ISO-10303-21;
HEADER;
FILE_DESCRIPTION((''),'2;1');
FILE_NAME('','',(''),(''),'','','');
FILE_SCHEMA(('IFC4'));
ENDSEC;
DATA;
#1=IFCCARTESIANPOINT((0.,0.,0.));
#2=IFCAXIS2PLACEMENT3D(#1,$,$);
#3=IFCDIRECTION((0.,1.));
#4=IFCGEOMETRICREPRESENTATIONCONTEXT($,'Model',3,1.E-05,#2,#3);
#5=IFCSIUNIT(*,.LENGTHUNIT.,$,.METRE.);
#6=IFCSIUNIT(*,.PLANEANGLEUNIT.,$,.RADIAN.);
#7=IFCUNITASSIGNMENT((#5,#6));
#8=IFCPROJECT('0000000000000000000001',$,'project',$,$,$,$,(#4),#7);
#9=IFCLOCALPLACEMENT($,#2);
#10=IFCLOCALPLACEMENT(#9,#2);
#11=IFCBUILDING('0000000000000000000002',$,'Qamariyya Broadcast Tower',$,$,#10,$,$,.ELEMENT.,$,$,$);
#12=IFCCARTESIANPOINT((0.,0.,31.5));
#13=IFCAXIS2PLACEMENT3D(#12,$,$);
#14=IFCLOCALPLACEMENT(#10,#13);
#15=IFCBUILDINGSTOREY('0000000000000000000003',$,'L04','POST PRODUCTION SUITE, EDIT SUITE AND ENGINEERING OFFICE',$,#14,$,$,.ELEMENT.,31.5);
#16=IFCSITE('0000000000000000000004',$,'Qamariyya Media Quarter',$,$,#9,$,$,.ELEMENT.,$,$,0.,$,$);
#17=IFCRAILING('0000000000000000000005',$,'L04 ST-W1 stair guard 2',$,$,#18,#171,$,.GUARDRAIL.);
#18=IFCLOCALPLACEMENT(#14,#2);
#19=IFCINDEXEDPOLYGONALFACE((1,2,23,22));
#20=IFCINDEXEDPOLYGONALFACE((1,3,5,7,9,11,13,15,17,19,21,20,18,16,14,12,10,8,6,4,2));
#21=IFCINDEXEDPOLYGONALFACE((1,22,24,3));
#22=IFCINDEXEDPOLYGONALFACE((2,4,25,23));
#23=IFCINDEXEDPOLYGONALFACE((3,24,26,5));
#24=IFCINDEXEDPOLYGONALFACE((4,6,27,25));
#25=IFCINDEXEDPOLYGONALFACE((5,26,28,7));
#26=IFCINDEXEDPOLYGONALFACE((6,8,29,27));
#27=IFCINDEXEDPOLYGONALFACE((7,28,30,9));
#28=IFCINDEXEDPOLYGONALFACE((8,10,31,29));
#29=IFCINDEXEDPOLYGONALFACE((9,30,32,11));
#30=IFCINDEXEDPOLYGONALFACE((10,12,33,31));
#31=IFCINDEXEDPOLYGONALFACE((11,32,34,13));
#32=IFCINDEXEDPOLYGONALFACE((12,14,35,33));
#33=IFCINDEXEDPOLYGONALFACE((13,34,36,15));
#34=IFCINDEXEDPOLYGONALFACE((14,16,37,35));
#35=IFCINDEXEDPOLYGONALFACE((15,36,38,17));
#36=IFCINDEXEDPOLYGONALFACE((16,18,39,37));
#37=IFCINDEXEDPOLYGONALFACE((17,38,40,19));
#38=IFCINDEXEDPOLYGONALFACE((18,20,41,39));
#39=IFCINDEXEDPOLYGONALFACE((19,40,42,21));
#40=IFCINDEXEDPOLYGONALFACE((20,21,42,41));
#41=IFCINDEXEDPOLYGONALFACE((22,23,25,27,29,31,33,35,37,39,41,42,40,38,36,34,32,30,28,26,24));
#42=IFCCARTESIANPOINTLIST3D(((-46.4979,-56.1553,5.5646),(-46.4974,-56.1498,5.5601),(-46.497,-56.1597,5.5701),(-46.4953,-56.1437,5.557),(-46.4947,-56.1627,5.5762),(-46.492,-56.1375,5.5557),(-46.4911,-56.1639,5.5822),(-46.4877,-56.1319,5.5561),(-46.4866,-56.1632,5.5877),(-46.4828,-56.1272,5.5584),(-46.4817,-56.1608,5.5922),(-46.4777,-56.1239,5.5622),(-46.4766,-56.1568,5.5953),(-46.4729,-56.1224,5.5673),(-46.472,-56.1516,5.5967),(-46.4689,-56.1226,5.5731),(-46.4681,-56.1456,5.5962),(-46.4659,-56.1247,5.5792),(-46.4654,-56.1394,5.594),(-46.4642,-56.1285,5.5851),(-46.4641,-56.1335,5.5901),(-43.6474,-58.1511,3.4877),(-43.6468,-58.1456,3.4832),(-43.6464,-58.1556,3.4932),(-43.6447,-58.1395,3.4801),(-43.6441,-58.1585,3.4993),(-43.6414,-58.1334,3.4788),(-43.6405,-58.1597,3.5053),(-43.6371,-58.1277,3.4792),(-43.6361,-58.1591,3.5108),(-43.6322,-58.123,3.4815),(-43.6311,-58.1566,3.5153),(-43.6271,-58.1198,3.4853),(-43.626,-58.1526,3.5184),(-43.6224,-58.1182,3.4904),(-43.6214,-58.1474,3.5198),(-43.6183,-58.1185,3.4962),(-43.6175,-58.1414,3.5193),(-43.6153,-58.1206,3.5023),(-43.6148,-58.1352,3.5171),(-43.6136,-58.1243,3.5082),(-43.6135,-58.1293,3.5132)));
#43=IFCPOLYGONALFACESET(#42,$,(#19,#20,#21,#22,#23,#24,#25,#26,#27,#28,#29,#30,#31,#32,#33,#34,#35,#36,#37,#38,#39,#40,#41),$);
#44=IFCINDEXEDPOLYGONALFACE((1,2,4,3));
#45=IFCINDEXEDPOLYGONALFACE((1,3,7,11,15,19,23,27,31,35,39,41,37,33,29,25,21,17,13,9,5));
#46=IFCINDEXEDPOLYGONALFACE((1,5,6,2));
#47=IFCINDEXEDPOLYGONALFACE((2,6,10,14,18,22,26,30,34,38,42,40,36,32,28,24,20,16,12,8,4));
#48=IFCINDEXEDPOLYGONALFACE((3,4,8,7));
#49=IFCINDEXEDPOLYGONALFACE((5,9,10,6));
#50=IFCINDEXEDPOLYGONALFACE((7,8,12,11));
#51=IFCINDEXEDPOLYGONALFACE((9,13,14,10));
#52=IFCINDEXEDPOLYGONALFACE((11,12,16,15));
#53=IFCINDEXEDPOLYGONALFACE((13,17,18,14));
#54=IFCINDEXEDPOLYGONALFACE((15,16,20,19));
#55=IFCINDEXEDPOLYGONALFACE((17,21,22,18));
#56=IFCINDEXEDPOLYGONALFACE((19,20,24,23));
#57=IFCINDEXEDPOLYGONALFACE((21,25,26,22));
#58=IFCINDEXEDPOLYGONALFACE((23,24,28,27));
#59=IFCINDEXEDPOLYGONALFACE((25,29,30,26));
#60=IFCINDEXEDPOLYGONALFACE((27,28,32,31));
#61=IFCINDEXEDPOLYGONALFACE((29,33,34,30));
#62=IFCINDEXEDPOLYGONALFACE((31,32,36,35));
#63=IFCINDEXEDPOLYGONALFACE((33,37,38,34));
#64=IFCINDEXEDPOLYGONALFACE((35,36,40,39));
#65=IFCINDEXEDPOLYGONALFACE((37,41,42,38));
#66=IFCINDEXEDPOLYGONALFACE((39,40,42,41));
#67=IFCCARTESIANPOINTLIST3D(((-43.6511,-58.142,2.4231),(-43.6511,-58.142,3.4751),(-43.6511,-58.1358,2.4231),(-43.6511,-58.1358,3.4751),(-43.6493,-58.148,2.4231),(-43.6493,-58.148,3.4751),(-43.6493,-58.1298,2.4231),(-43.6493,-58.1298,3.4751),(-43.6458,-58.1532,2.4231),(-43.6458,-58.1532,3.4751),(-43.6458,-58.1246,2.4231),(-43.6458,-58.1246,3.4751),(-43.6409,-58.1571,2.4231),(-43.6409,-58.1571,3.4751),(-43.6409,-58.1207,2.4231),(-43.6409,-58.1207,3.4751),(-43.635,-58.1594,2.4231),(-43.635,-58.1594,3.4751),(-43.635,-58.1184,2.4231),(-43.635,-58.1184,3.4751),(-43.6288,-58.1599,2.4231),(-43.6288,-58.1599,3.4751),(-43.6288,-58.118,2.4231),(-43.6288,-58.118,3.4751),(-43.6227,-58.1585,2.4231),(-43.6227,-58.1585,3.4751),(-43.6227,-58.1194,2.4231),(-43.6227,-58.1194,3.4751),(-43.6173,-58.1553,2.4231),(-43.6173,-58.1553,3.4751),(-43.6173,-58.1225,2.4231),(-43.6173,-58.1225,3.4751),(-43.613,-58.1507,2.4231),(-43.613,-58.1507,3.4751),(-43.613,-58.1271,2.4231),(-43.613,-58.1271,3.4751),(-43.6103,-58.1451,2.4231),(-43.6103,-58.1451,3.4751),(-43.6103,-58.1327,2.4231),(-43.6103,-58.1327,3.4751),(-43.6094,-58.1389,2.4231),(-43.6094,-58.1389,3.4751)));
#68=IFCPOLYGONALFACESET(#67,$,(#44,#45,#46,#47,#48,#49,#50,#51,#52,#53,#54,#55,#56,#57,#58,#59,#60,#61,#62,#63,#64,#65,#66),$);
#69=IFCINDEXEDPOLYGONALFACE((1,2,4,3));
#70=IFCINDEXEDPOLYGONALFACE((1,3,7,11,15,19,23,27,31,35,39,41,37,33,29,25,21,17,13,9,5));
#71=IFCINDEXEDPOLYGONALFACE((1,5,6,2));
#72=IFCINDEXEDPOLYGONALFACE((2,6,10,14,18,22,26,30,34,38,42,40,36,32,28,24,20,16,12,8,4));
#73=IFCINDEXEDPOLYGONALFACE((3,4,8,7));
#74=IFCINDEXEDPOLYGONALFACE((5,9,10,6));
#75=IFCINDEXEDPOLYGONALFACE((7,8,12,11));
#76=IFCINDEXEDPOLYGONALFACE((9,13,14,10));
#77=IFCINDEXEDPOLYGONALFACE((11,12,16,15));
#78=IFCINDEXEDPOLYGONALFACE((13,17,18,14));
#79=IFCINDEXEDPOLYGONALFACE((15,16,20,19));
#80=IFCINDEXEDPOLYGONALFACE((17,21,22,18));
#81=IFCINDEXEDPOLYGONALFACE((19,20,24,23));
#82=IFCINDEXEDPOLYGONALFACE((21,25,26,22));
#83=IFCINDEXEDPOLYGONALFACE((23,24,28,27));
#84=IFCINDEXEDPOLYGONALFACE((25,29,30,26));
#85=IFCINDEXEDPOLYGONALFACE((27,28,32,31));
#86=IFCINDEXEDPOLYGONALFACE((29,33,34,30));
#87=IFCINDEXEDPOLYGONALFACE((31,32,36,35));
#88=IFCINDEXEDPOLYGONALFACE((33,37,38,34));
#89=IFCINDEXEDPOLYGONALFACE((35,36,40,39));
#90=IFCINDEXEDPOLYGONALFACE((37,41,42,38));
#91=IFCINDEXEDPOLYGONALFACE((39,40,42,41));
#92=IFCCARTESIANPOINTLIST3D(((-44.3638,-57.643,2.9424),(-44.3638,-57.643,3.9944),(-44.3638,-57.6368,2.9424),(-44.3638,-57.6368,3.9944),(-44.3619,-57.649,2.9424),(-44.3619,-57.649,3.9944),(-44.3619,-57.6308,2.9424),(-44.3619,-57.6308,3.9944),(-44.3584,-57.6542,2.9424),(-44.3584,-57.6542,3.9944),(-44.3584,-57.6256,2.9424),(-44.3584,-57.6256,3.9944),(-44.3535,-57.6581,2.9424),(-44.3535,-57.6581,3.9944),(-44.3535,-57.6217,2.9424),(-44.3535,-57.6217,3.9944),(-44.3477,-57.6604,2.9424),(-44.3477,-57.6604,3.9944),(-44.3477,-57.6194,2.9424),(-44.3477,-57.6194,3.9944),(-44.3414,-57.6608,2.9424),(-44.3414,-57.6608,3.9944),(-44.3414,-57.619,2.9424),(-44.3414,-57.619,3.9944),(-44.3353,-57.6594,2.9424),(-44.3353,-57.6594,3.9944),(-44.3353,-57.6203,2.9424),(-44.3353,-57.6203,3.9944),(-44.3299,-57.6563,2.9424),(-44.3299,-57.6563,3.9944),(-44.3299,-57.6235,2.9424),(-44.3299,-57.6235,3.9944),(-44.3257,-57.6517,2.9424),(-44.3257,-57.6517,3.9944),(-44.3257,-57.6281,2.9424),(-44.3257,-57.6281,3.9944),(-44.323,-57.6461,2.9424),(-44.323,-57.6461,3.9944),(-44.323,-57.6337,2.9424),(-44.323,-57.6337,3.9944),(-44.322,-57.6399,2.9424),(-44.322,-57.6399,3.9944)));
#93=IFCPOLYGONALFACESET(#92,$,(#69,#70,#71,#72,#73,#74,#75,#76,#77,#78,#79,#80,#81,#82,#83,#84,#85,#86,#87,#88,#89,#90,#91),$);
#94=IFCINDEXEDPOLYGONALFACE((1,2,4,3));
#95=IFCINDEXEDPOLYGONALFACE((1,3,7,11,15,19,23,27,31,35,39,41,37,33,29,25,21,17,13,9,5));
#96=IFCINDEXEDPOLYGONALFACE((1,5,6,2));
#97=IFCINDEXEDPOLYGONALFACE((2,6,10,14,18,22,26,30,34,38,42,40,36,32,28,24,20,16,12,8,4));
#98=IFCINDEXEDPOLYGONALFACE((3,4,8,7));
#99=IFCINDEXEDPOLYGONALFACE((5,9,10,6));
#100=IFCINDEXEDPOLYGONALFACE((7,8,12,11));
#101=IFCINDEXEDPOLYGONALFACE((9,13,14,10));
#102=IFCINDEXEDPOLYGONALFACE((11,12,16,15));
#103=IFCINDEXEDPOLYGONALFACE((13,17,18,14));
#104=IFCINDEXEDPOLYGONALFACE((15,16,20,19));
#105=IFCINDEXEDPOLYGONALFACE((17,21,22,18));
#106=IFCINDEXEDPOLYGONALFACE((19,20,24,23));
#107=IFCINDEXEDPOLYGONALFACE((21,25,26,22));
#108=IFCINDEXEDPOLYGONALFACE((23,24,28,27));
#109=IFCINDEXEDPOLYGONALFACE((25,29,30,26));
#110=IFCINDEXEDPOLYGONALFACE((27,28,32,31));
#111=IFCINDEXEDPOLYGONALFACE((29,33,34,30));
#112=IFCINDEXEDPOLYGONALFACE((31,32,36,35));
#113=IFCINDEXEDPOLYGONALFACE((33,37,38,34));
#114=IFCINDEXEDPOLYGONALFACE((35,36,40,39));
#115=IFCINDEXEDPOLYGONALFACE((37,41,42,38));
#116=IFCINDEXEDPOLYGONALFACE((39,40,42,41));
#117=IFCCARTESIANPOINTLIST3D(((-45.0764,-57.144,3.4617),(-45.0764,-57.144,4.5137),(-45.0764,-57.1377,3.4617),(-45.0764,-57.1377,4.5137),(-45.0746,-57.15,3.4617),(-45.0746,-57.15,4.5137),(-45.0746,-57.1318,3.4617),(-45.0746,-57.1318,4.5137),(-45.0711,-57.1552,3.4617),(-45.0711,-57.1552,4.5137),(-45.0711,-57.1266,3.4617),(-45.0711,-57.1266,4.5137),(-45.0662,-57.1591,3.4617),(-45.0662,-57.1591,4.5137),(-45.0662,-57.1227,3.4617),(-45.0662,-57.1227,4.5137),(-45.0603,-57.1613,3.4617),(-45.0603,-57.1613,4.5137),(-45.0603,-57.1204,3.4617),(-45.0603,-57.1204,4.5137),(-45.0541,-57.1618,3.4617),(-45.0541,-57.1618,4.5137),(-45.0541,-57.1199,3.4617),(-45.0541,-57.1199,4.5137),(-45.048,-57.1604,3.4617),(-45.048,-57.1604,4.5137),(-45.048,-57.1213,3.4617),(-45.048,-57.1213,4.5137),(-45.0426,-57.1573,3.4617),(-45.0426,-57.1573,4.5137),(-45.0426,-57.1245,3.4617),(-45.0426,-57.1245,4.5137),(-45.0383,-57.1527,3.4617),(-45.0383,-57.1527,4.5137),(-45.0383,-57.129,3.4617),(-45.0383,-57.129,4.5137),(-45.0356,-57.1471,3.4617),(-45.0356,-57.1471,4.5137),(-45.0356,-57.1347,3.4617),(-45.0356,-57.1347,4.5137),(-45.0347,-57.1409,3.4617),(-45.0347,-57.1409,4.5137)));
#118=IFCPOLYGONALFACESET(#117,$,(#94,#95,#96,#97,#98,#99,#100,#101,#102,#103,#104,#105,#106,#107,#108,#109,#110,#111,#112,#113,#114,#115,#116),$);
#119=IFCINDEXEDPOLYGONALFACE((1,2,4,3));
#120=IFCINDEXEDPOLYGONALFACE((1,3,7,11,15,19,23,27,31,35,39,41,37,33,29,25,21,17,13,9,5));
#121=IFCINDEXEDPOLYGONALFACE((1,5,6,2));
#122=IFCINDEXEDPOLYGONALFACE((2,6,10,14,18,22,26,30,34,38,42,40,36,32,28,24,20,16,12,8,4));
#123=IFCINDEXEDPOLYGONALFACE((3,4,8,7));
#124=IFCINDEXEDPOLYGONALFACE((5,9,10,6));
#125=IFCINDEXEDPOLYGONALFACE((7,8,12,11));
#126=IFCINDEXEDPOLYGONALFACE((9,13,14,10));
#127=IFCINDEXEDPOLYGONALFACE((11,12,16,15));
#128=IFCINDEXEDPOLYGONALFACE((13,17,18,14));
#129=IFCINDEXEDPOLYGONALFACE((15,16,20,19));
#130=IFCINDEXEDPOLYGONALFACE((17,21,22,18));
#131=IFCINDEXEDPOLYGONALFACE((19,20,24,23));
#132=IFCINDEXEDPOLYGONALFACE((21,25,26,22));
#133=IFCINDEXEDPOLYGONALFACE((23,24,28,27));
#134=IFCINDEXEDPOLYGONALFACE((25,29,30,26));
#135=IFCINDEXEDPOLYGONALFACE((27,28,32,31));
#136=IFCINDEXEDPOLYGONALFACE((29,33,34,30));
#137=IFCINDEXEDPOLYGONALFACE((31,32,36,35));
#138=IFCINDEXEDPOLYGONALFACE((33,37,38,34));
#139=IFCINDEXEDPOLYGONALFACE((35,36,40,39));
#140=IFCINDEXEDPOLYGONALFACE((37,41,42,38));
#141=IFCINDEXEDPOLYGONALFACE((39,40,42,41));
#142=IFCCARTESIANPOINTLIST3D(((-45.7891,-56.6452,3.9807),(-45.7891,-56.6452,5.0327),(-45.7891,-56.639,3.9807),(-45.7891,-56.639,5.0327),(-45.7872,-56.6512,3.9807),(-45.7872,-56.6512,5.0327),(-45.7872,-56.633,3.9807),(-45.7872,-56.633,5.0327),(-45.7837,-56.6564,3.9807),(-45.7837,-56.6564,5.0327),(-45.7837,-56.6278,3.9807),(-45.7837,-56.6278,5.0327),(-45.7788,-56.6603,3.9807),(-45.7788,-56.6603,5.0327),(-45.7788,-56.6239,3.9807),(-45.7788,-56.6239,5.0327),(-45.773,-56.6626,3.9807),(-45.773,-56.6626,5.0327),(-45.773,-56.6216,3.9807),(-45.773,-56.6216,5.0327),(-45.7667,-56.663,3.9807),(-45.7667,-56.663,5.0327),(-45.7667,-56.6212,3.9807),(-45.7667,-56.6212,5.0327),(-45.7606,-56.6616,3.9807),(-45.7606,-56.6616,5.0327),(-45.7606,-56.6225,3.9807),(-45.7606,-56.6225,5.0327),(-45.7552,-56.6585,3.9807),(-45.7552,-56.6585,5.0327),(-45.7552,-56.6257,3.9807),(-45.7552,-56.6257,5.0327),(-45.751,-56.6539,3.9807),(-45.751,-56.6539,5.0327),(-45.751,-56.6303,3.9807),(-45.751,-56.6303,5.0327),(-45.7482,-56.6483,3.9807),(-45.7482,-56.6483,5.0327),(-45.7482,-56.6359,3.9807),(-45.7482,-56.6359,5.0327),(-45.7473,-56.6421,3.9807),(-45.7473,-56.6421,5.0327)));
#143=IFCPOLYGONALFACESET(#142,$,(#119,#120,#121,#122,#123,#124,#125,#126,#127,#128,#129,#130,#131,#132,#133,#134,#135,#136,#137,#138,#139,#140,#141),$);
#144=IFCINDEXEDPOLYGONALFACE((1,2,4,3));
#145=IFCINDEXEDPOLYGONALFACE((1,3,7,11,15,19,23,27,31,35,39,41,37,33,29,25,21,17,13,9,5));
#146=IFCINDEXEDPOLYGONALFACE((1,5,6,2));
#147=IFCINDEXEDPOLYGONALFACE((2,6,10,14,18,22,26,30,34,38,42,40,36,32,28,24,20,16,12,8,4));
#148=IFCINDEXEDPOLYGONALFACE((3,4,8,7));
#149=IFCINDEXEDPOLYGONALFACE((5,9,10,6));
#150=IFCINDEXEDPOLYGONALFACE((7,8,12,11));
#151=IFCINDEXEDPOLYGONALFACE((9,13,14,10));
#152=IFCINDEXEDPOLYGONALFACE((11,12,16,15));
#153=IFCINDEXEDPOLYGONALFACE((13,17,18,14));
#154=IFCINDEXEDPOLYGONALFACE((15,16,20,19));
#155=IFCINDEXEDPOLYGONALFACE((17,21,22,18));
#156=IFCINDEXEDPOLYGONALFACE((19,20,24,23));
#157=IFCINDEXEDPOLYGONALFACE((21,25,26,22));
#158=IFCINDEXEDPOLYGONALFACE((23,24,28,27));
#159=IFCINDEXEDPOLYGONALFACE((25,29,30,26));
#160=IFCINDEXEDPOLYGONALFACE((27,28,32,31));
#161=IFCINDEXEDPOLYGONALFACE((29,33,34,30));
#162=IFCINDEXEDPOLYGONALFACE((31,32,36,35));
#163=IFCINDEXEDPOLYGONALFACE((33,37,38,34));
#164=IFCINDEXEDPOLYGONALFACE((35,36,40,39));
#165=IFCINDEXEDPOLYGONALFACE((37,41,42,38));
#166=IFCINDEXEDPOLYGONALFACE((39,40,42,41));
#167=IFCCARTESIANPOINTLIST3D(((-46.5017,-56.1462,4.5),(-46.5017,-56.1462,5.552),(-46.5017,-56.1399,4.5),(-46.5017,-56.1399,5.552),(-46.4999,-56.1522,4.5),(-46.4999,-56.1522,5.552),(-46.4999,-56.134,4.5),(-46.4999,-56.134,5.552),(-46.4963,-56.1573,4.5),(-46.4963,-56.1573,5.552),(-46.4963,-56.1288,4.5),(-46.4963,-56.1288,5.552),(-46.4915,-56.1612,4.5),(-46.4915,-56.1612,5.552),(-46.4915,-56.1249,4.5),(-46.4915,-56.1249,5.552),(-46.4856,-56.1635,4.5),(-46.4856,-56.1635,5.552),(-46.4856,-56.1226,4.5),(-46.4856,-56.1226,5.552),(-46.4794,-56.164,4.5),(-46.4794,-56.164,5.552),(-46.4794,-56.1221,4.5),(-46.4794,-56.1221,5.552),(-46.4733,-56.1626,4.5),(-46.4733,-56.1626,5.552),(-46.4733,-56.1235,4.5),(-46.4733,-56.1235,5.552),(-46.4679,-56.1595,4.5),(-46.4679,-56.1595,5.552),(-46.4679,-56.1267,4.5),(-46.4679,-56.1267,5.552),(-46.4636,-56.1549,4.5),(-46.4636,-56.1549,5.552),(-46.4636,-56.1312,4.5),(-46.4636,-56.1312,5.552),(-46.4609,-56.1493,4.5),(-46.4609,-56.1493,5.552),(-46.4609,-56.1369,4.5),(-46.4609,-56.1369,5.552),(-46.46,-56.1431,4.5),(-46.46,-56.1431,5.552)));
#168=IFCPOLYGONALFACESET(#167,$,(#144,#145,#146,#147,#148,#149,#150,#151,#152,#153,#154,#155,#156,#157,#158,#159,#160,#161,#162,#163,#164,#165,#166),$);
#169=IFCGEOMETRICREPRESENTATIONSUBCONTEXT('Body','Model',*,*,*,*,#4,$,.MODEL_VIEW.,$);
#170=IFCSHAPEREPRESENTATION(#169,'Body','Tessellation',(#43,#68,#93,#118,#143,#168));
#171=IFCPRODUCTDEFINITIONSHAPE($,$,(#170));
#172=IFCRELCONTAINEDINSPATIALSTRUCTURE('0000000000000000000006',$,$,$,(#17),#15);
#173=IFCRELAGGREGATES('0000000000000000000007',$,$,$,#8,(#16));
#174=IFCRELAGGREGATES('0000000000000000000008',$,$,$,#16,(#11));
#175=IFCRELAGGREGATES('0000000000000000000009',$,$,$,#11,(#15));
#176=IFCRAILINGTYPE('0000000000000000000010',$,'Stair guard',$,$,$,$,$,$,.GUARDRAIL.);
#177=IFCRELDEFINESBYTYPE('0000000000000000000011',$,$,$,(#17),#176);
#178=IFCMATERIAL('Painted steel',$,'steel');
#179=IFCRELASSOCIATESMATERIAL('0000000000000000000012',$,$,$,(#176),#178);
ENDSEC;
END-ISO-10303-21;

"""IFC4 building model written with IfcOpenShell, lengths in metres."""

from ifc_helpers import new_model, si_unit, direction, frame, origin, origin_2d, place, context, subcontext, project, spatial, circle, extrude, material, type_object, element, save


model = new_model("IFC4")

# Units and contexts
model_context = context("Model", 3, precision=1e-05, world=origin(), true_north=direction((0.0, 1.0)))
body_context = subcontext(model_context, "Body", "Model", "MODEL_VIEW")
ifc_project = project(units=[si_unit("LENGTHUNIT", "METRE"), si_unit("PLANEANGLEUNIT", "RADIAN")], contexts=[model_context])

# Site, building, storey
site_placement = place(None, origin())
site = spatial("IfcSite", under=ifc_project, at=site_placement, Name="Qamariyya Media Quarter", CompositionType="ELEMENT", RefElevation=0.0)
building_placement = place(site_placement, origin())
building = spatial("IfcBuilding", under=site, at=building_placement, Name="Qamariyya Broadcast Tower", CompositionType="ELEMENT")
storey_placement = place(building_placement, frame((0.0, 0.0, 31.5)))
storey = spatial("IfcBuildingStorey", under=building, at=storey_placement, Name="L04", Description="POST PRODUCTION SUITE, EDIT SUITE AND ENGINEERING OFFICE", CompositionType="ELEMENT", Elevation=31.5)

# Railing
ifc_material_1 = material(Name="Painted steel", Category="steel")
railing_type_1 = type_object("IfcRailingType", Name="Stair guard", PredefinedType="GUARDRAIL", material=ifc_material_1)
railing_1_placement = place(storey_placement, frame((-43.6304, -58.1389, 2.4231)))
element("IfcRailing", 1, at=railing_1_placement, inside=storey, type_object=railing_type_1, Name="L04 ST-W1 stair guard 2", PredefinedType="GUARDRAIL", context=body_context, shape_type="SweptSolid", body=[
    extrude(circle(Radius=0.0239, at=origin_2d()), frame((0.0, 0.0, 1.0762), z_axis=(-0.703414, 0.492498, 0.512499), x_axis=(-0.573547, -0.819173, 0.0)), (0.0, 0.0, 1.0), 4.0525),
    extrude(circle(Radius=0.021, at=origin_2d()), origin(), (0.0, 0.0, 1.0), 1.052),
    extrude(circle(Radius=0.021, at=origin_2d()), frame((-0.7126, 0.499, 0.5193)), (0.0, 0.0, 1.0), 1.052),
    extrude(circle(Radius=0.021, at=origin_2d()), frame((-1.4253, 0.998, 1.0386)), (0.0, 0.0, 1.0), 1.052),
    extrude(circle(Radius=0.021, at=origin_2d()), frame((-2.1379, 1.4968, 1.5576)), (0.0, 0.0, 1.0), 1.052),
    extrude(circle(Radius=0.021, at=origin_2d()), frame((-2.8506, 1.9958, 2.0769)), (0.0, 0.0, 1.0), 1.052),
])

save(model, "model.ifc")
